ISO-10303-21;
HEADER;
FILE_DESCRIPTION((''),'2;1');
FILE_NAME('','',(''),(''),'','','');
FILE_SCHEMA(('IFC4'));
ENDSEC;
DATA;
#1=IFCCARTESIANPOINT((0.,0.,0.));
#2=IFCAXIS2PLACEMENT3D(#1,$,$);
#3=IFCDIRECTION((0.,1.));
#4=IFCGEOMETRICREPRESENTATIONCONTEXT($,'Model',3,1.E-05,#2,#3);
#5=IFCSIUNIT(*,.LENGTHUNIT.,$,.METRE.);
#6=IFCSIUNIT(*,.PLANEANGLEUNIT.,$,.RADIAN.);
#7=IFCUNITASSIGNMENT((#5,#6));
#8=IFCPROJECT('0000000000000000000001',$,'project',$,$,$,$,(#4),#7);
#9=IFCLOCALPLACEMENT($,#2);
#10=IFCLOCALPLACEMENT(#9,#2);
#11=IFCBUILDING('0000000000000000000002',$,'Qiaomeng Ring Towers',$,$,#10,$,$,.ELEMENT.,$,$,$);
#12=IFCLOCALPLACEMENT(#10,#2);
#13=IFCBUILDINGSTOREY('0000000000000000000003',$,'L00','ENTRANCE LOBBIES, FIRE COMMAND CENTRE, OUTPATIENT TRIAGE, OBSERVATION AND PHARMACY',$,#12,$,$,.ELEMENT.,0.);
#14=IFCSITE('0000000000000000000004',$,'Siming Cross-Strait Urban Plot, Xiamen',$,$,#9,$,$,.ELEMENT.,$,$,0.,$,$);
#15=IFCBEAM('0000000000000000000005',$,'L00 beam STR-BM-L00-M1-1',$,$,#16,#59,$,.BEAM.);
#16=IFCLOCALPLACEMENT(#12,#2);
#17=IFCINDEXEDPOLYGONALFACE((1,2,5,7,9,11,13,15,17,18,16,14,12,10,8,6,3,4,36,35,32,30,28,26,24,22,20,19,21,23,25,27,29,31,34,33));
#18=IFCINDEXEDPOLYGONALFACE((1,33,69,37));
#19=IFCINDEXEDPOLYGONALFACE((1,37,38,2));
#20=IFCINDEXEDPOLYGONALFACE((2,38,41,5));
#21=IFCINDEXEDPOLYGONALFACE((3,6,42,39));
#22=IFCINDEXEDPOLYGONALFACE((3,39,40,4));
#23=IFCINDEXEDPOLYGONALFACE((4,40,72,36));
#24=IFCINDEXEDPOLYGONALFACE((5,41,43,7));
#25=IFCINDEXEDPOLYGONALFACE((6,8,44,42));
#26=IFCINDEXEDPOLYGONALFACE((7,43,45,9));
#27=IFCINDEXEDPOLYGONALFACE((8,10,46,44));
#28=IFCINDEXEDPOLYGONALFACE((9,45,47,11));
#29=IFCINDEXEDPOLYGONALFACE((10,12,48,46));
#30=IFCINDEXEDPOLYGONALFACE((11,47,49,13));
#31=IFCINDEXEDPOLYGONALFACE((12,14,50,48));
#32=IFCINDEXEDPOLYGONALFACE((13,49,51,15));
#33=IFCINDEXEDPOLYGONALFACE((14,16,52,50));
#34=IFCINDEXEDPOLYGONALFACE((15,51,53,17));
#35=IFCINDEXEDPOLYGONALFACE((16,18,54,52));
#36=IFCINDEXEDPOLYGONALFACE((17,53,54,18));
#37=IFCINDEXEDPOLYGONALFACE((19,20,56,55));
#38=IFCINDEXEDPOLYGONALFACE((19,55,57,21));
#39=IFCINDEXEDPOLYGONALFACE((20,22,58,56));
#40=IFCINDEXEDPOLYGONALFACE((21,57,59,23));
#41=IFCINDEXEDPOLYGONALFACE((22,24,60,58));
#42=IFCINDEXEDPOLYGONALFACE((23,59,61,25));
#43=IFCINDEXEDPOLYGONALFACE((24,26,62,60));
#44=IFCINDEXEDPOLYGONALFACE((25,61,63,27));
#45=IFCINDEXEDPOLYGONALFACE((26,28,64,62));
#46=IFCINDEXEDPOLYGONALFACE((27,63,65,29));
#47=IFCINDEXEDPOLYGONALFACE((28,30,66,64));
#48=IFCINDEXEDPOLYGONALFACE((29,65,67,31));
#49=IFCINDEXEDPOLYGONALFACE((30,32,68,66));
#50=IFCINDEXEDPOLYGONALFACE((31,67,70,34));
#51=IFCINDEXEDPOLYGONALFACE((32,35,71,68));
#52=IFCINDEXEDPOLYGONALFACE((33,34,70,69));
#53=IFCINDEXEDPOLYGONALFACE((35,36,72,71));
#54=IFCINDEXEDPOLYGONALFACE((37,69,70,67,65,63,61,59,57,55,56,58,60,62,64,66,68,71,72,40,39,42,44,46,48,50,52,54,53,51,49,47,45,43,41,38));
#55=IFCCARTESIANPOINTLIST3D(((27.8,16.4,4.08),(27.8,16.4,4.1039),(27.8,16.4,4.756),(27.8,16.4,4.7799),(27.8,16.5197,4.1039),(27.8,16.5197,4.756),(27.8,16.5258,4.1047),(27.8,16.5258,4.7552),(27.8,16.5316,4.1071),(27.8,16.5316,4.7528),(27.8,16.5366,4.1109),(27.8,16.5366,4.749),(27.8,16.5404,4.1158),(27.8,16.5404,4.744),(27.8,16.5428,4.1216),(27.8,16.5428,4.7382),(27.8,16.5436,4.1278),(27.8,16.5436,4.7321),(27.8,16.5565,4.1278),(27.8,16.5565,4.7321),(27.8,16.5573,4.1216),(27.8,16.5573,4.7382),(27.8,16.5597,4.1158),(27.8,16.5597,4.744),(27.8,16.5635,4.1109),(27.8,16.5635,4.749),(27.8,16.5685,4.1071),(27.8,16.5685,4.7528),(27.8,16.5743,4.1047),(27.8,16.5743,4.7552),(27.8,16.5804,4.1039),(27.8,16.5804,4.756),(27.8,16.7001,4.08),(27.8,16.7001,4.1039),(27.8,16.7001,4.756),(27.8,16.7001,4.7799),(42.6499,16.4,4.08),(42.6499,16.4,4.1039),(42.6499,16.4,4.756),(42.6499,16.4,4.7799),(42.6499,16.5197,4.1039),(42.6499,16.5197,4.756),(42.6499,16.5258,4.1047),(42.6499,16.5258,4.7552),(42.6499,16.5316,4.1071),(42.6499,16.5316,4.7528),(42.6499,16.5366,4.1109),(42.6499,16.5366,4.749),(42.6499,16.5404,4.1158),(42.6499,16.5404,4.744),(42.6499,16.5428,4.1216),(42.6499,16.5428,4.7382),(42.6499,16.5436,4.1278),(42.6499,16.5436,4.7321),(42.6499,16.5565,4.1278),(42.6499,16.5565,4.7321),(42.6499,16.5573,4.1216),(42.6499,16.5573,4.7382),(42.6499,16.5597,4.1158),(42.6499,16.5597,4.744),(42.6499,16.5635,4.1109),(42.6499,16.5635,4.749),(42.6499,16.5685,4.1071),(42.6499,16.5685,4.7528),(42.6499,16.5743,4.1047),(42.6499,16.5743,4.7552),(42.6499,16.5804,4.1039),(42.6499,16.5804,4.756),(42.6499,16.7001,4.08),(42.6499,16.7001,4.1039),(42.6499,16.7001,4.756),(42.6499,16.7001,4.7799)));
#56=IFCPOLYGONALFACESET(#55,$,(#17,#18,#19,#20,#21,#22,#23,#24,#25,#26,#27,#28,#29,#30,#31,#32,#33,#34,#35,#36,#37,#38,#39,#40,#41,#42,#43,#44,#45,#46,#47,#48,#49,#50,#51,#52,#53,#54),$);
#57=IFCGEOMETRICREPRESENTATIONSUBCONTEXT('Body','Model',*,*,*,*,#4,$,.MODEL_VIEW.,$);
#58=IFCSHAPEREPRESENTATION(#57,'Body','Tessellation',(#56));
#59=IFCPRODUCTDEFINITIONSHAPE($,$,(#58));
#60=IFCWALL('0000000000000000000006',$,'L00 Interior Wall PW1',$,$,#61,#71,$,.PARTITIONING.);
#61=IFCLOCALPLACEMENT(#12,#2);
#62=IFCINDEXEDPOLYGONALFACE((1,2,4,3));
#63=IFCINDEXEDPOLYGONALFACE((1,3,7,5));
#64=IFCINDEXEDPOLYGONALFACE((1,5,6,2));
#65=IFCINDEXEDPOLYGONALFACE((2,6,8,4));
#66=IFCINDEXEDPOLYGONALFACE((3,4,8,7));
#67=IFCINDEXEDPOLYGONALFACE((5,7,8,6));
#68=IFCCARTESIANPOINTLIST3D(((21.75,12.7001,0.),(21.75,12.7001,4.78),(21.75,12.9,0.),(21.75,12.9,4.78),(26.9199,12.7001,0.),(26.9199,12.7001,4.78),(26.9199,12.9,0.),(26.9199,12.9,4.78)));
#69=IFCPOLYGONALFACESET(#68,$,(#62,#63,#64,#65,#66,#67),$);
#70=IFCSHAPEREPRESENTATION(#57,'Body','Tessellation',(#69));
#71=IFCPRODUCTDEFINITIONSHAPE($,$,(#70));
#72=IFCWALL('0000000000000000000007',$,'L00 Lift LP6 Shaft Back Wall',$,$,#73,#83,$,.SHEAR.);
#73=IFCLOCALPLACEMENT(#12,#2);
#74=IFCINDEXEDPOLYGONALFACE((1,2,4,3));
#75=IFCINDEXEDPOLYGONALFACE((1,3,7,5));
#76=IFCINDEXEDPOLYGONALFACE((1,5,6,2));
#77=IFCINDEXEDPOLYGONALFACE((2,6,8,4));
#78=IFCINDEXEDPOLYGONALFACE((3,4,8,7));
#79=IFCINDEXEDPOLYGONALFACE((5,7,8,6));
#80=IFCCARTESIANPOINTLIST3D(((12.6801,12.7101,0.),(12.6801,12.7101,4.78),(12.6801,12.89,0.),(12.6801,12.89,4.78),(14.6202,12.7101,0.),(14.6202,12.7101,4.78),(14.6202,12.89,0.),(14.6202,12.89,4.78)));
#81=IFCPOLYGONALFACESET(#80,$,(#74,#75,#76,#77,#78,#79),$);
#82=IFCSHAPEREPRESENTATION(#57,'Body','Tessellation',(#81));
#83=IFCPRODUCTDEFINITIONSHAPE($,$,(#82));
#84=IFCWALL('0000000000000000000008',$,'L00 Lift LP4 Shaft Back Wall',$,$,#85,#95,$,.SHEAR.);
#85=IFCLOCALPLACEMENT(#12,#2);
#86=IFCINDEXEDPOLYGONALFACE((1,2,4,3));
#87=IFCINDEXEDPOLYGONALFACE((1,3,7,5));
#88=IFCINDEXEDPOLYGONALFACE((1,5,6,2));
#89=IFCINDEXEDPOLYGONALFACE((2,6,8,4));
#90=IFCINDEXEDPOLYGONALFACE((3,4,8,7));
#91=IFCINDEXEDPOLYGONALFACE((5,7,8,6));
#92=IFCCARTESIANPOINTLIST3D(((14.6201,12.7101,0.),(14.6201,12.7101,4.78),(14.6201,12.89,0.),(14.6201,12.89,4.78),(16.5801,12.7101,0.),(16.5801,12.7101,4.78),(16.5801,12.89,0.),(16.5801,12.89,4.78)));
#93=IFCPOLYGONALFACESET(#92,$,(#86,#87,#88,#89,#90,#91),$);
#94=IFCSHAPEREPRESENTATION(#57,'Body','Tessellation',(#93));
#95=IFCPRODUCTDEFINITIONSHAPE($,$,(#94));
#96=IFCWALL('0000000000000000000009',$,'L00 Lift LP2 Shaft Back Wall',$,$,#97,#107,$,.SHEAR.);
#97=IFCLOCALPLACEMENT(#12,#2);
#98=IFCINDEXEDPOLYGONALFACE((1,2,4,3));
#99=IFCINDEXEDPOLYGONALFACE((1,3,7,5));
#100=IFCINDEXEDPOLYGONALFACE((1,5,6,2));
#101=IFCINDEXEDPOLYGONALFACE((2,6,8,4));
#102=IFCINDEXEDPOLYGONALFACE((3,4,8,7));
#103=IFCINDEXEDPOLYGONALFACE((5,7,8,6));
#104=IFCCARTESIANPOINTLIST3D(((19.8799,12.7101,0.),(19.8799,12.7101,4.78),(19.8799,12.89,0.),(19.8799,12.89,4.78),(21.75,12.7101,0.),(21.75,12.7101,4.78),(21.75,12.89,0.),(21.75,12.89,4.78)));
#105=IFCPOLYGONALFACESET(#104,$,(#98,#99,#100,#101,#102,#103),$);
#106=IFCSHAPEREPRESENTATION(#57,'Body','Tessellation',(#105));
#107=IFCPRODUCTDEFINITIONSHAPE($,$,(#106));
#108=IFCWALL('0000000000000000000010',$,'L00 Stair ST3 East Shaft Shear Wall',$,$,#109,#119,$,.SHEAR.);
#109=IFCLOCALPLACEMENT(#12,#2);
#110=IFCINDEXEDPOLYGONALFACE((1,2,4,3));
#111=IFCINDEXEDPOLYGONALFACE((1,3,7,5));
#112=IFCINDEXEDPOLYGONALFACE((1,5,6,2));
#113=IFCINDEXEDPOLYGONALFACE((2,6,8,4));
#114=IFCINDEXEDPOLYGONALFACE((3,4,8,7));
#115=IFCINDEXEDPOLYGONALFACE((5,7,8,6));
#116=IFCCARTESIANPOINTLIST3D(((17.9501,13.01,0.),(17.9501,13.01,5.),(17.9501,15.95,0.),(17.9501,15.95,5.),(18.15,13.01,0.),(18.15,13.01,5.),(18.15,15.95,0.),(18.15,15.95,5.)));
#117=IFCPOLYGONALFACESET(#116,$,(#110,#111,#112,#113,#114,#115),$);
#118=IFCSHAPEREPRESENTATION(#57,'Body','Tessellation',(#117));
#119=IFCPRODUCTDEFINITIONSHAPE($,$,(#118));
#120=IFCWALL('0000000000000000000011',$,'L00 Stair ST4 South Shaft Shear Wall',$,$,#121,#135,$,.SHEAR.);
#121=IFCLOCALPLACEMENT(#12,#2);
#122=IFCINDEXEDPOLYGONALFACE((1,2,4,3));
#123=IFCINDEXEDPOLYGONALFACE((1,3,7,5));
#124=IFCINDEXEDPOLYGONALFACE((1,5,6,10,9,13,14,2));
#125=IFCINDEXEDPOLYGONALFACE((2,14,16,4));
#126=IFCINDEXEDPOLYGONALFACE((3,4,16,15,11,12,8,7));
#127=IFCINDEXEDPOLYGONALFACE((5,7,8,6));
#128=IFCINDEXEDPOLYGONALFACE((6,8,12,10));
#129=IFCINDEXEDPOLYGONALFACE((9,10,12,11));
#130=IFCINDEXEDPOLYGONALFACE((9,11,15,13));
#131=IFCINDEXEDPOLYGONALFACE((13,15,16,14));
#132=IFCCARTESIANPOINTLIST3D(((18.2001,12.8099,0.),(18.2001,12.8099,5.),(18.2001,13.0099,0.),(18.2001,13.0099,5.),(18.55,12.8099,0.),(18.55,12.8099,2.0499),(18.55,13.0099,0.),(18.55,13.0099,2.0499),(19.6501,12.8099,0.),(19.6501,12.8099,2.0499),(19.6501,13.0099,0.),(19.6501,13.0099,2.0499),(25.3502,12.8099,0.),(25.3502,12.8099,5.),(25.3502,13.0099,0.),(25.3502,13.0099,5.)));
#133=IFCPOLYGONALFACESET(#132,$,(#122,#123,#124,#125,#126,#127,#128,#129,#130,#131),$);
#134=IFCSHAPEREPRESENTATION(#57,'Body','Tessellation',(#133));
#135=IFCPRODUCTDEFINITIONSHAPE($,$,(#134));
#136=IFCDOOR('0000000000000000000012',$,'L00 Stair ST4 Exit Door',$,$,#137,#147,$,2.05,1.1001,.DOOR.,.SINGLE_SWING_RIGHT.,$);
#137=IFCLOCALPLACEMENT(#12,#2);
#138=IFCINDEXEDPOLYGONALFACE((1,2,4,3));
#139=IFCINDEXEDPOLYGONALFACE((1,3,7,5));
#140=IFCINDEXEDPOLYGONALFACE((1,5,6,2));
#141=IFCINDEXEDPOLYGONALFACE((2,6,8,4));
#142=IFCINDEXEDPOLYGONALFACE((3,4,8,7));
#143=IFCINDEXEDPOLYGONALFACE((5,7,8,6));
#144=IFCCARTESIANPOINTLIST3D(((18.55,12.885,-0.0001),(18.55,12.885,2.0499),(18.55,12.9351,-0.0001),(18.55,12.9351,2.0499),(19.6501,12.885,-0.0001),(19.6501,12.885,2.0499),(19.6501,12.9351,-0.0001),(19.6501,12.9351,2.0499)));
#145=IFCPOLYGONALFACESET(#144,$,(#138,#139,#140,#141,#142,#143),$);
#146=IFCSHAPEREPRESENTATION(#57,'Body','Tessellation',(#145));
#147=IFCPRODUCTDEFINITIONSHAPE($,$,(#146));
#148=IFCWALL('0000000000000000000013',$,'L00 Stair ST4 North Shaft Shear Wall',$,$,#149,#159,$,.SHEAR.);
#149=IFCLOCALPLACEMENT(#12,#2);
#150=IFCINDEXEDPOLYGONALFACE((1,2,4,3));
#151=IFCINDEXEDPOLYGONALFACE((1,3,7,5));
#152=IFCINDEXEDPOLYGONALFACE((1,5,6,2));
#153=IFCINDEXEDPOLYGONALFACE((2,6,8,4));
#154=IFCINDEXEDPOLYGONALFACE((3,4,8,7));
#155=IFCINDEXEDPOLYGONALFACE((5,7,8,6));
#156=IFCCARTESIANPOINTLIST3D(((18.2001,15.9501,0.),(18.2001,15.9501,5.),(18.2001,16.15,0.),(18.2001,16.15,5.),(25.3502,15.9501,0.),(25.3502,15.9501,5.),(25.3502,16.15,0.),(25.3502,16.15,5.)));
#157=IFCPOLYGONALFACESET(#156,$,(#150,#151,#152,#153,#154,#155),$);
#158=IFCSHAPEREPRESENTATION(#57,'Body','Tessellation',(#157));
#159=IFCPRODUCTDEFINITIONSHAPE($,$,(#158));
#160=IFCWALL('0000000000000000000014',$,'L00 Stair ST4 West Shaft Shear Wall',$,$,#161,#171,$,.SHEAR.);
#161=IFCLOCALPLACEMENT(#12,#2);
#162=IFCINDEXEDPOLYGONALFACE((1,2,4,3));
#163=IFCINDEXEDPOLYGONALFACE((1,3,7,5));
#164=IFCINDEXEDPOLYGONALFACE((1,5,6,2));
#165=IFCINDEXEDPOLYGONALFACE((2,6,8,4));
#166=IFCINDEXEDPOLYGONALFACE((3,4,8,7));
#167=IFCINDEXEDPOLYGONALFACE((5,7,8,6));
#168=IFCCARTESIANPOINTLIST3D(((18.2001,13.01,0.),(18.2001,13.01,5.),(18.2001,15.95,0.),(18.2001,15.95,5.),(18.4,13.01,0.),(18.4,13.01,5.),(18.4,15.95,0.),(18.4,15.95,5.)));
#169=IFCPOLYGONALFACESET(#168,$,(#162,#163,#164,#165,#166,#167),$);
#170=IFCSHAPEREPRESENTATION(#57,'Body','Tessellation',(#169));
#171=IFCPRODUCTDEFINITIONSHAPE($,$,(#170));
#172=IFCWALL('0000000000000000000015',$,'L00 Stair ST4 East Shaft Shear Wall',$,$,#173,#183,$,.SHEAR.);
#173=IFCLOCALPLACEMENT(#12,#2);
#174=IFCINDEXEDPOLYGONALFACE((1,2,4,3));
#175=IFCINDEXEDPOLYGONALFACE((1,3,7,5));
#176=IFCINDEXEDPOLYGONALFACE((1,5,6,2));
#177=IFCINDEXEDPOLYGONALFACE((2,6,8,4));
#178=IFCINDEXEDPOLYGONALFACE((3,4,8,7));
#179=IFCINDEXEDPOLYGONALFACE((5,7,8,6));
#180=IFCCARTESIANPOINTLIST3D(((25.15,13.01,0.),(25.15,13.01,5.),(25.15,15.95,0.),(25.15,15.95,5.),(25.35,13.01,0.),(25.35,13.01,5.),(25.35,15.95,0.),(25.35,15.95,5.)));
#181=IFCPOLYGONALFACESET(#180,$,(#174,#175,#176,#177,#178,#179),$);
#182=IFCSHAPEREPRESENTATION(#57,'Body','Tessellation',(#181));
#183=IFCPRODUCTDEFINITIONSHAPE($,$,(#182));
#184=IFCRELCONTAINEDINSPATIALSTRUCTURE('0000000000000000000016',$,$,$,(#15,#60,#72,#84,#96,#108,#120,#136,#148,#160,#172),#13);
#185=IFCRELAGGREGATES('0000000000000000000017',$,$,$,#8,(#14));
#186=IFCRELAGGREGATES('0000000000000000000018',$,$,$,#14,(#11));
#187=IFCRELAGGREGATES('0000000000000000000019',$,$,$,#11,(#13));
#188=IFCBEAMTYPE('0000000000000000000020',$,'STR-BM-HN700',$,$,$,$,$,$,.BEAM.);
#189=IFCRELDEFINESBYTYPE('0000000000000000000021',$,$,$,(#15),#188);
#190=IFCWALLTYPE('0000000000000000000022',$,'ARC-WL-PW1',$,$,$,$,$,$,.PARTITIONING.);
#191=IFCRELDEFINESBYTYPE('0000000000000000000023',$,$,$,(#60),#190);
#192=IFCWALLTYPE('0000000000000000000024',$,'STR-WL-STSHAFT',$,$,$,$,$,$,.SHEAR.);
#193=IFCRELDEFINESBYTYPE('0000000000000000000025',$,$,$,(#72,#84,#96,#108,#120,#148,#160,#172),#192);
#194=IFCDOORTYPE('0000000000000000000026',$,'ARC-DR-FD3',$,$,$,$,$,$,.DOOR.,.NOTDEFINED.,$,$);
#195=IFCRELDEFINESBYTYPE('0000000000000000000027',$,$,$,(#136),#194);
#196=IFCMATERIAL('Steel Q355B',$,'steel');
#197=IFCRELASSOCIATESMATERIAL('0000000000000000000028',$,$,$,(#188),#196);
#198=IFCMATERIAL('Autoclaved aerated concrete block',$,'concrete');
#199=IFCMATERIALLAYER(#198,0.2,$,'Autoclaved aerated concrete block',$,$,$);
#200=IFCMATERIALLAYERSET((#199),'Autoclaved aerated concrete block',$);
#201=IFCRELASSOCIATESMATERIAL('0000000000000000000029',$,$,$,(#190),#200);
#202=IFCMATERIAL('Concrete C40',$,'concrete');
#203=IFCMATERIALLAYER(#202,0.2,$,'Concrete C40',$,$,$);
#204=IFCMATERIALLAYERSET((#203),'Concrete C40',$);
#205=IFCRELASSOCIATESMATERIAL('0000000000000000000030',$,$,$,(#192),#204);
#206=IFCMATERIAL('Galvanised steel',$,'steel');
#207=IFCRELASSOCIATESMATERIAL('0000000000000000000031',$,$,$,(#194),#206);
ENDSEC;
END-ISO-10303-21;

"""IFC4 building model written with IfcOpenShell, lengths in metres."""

from ifc_helpers import new_model, si_unit, direction, frame, frame_2d, origin, origin_2d, place, context, subcontext, project, spatial, rectangle, i_section, extrude, source, transform, mapped, material, layer, layer_set, material_profile, profile_set, type_object, element, fill, save


model = new_model("IFC4")

# Units and contexts
model_context = context("Model", 3, precision=1e-05, world=origin(), true_north=direction((0.0, 1.0)))
body_context = subcontext(model_context, "Body", "Model", "MODEL_VIEW")
ifc_project = project(units=[si_unit("LENGTHUNIT", "METRE"), si_unit("PLANEANGLEUNIT", "RADIAN")], contexts=[model_context])

# Site, building, storey
site_placement = place(None, origin())
site = spatial("IfcSite", under=ifc_project, at=site_placement, Name="Siming Cross-Strait Urban Plot, Xiamen", CompositionType="ELEMENT", RefElevation=0.0)
building_placement = place(site_placement, origin())
building = spatial("IfcBuilding", under=site, at=building_placement, Name="Qiaomeng Ring Towers", CompositionType="ELEMENT")
storey_placement = place(building_placement, origin())
storey = spatial("IfcBuildingStorey", under=building, at=storey_placement, Name="L00", Description="ENTRANCE LOBBIES, FIRE COMMAND CENTRE, OUTPATIENT TRIAGE, OBSERVATION AND PHARMACY", CompositionType="ELEMENT", Elevation=0.0)

# Beam
ifc_material_1 = material(Name="Steel Q355B", Category="steel")
ifc_material_profile = material_profile(ifc_material_1, i_section(OverallWidth=0.3, OverallDepth=0.7, WebThickness=0.0129, FlangeThickness=0.0239, FilletRadius=0.0239, at=origin_2d()), Name="HN 700x300x13x24")
ifc_profile_set = profile_set([ifc_material_profile], Name="Steel Q355B")
beam_type = type_object("IfcBeamType", Name="STR-BM-HN700", PredefinedType="BEAM", material=ifc_profile_set)
shared_shape_1 = source(origin(), body_context, "Body", "SweptSolid", [
    extrude(i_section(OverallWidth=0.3, OverallDepth=0.7, WebThickness=0.0129, FlangeThickness=0.0239, FilletRadius=0.0239, at=origin_2d()), origin(), (0.0, 0.0, 1.0), 14.8499),
])
beam_placement = place(storey_placement, frame((27.8, 16.55, 4.4299), z_axis=(1.0, 0.0, 0.0), x_axis=(0.0, 1.0, 0.0)))
element("IfcBeam", 1, at=beam_placement, inside=storey, type_object=beam_type, Name="L00 beam STR-BM-L00-M1-1", PredefinedType="BEAM", context=body_context, shape_type="MappedRepresentation", body=[
    mapped(shared_shape_1, transform((0.0, 0.0, 0.0), x_axis=(1.0, 0.0, 0.0), y_axis=(0.0, 1.0, 0.0), z_axis=(0.0, 0.0, 1.0), scale=1.0)),
])

# Walls
ifc_material_2 = material(Name="Autoclaved aerated concrete block", Category="concrete")
ifc_layer_1 = layer(ifc_material_2, 0.2, Name="Autoclaved aerated concrete block")
ifc_layer_set_1 = layer_set([ifc_layer_1], Name="Autoclaved aerated concrete block")
wall_type_1 = type_object("IfcWallType", Name="ARC-WL-PW1", PredefinedType="PARTITIONING", material=ifc_layer_set_1)
wall_1_placement = place(storey_placement, frame((21.75, 12.8, 0.0), z_axis=(0.0, 0.0, 1.0), x_axis=(1.0, 0.0, 0.0)))
element("IfcWall", 2, at=wall_1_placement, inside=storey, type_object=wall_type_1, Name="L00 Interior Wall PW1", PredefinedType="PARTITIONING", context=body_context, shape_type="SweptSolid", body=[
    extrude(rectangle(XDim=5.1699, YDim=0.2, at=frame_2d((2.585, 0.0))), origin(), (0.0, 0.0, 1.0), 4.78),
])
ifc_material_3 = material(Name="Concrete C40", Category="concrete")
ifc_layer_2 = layer(ifc_material_3, 0.2, Name="Concrete C40")
ifc_layer_set_2 = layer_set([ifc_layer_2], Name="Concrete C40")
wall_type_2 = type_object("IfcWallType", Name="STR-WL-STSHAFT", PredefinedType="SHEAR", material=ifc_layer_set_2)
wall_2_placement = place(storey_placement, frame((12.6799, 12.8, 0.0), z_axis=(0.0, 0.0, 1.0), x_axis=(1.0, 0.0, 0.0)))
element("IfcWall", 3, at=wall_2_placement, inside=storey, type_object=wall_type_2, Name="L00 Lift LP6 Shaft Back Wall", PredefinedType="SHEAR", context=body_context, shape_type="SweptSolid", body=[
    extrude(rectangle(XDim=1.9402, YDim=0.1799, at=frame_2d((0.9702, 0.0))), origin(), (0.0, 0.0, 1.0), 4.78),
])
wall_3_placement = place(storey_placement, frame((14.6201, 12.8, 0.0), z_axis=(0.0, 0.0, 1.0), x_axis=(1.0, 0.0, 0.0)))
element("IfcWall", 4, at=wall_3_placement, inside=storey, type_object=wall_type_2, Name="L00 Lift LP4 Shaft Back Wall", PredefinedType="SHEAR", context=body_context, shape_type="SweptSolid", body=[
    extrude(rectangle(XDim=1.96, YDim=0.1799, at=frame_2d((0.98, 0.0))), origin(), (0.0, 0.0, 1.0), 4.78),
])
wall_4_placement = place(storey_placement, frame((19.8799, 12.8, 0.0), z_axis=(0.0, 0.0, 1.0), x_axis=(1.0, 0.0, 0.0)))
element("IfcWall", 5, at=wall_4_placement, inside=storey, type_object=wall_type_2, Name="L00 Lift LP2 Shaft Back Wall", PredefinedType="SHEAR", context=body_context, shape_type="SweptSolid", body=[
    extrude(rectangle(XDim=1.8701, YDim=0.1799, at=frame_2d((0.9351, 0.0))), origin(), (0.0, 0.0, 1.0), 4.78),
])
wall_5_placement = place(storey_placement, frame((18.05, 13.01, 0.0), z_axis=(0.0, 0.0, 1.0), x_axis=(0.0, 1.0, 0.0)))
element("IfcWall", 6, at=wall_5_placement, inside=storey, type_object=wall_type_2, Name="L00 Stair ST3 East Shaft Shear Wall", PredefinedType="SHEAR", context=body_context, shape_type="SweptSolid", body=[
    extrude(rectangle(XDim=2.9399, YDim=0.2, at=frame_2d((1.47, 0.0))), origin(), (0.0, 0.0, 1.0), 5.0),
])

# Wall, opening, door
wall_6_placement = place(storey_placement, frame((18.2, 12.9099, 0.0), z_axis=(0.0, 0.0, 1.0), x_axis=(1.0, 0.0, 0.0)))
wall_6 = element("IfcWall", 7, at=wall_6_placement, inside=storey, type_object=wall_type_2, Name="L00 Stair ST4 South Shaft Shear Wall", PredefinedType="SHEAR", context=body_context, shape_type="SweptSolid", body=[
    extrude(rectangle(XDim=7.1501, YDim=0.2, at=frame_2d((3.5752, 0.0))), origin(), (0.0, 0.0, 1.0), 5.0),
])
opening_placement = place(wall_6_placement, frame((0.3501, 0.0, 0.0)))
opening = element("IfcOpeningElement", 8, at=opening_placement, cuts=wall_6, PredefinedType="OPENING", context=body_context, shape_type="SweptSolid", body=[
    extrude(rectangle(XDim=1.1001, YDim=2.05, at=frame_2d((0.55, 1.0249))), frame((0.0, 0.1099, 0.0), z_axis=(0.0, -1.0, 0.0), x_axis=(1.0, 0.0, 0.0)), (0.0, 0.0, 1.0), 0.22),
])
ifc_material_4 = material(Name="Galvanised steel", Category="steel")
door_type = type_object("IfcDoorType", Name="ARC-DR-FD3", OperationType="NOTDEFINED", PredefinedType="DOOR", material=ifc_material_4)
shared_shape_2 = source(origin(), body_context, "Body", "SweptSolid", [
    extrude(rectangle(XDim=1.1001, YDim=2.05, at=frame_2d((0.55, 1.0249))), frame((0.0, 0.0249, 0.0), z_axis=(0.0, -1.0, 0.0), x_axis=(1.0, 0.0, 0.0)), (0.0, 0.0, 1.0), 0.05),
])
door_placement = place(opening_placement, frame((1.1001, 0.0, 0.0), z_axis=(0.0, 0.0, 1.0), x_axis=(-1.0, 0.0, 0.0)))
door = element("IfcDoor", 9, at=door_placement, inside=storey, type_object=door_type, Name="L00 Stair ST4 Exit Door", OperationType="SINGLE_SWING_RIGHT", OverallHeight=2.05, OverallWidth=1.1001, PredefinedType="DOOR", context=body_context, shape_type="MappedRepresentation", body=[
    mapped(shared_shape_2, transform((0.0, 0.0, 0.0), x_axis=(1.0, 0.0, 0.0), y_axis=(0.0, 1.0, 0.0), z_axis=(0.0, 0.0, 1.0), scale=1.0)),
])
fill(opening, door)

# Walls
wall_7_placement = place(storey_placement, frame((18.2, 16.05, 0.0), z_axis=(0.0, 0.0, 1.0), x_axis=(1.0, 0.0, 0.0)))
element("IfcWall", 10, at=wall_7_placement, inside=storey, type_object=wall_type_2, Name="L00 Stair ST4 North Shaft Shear Wall", PredefinedType="SHEAR", context=body_context, shape_type="SweptSolid", body=[
    extrude(rectangle(XDim=7.1501, YDim=0.2, at=frame_2d((3.5752, 0.0))), origin(), (0.0, 0.0, 1.0), 5.0),
])
for number, where, z_axis, x_axis, name in (
    (11, (18.3, 13.01, 0.0), (0.0, 0.0, 1.0), (0.0, 1.0, 0.0), "L00 Stair ST4 West Shaft Shear Wall"),
    (12, (25.25, 13.01, 0.0), (0.0, 0.0, 1.0), (0.0, 1.0, 0.0), "L00 Stair ST4 East Shaft Shear Wall"),
):
    element("IfcWall", number, at=place(storey_placement, frame(where, z_axis=z_axis, x_axis=x_axis)), inside=storey, type_object=wall_type_2, Name=name, PredefinedType="SHEAR", context=body_context, shape_type="SweptSolid", body=[
        extrude(rectangle(XDim=2.9399, YDim=0.2, at=frame_2d((1.47, 0.0))), origin(), (0.0, 0.0, 1.0), 5.0),
    ])

save(model, "model.ifc")
